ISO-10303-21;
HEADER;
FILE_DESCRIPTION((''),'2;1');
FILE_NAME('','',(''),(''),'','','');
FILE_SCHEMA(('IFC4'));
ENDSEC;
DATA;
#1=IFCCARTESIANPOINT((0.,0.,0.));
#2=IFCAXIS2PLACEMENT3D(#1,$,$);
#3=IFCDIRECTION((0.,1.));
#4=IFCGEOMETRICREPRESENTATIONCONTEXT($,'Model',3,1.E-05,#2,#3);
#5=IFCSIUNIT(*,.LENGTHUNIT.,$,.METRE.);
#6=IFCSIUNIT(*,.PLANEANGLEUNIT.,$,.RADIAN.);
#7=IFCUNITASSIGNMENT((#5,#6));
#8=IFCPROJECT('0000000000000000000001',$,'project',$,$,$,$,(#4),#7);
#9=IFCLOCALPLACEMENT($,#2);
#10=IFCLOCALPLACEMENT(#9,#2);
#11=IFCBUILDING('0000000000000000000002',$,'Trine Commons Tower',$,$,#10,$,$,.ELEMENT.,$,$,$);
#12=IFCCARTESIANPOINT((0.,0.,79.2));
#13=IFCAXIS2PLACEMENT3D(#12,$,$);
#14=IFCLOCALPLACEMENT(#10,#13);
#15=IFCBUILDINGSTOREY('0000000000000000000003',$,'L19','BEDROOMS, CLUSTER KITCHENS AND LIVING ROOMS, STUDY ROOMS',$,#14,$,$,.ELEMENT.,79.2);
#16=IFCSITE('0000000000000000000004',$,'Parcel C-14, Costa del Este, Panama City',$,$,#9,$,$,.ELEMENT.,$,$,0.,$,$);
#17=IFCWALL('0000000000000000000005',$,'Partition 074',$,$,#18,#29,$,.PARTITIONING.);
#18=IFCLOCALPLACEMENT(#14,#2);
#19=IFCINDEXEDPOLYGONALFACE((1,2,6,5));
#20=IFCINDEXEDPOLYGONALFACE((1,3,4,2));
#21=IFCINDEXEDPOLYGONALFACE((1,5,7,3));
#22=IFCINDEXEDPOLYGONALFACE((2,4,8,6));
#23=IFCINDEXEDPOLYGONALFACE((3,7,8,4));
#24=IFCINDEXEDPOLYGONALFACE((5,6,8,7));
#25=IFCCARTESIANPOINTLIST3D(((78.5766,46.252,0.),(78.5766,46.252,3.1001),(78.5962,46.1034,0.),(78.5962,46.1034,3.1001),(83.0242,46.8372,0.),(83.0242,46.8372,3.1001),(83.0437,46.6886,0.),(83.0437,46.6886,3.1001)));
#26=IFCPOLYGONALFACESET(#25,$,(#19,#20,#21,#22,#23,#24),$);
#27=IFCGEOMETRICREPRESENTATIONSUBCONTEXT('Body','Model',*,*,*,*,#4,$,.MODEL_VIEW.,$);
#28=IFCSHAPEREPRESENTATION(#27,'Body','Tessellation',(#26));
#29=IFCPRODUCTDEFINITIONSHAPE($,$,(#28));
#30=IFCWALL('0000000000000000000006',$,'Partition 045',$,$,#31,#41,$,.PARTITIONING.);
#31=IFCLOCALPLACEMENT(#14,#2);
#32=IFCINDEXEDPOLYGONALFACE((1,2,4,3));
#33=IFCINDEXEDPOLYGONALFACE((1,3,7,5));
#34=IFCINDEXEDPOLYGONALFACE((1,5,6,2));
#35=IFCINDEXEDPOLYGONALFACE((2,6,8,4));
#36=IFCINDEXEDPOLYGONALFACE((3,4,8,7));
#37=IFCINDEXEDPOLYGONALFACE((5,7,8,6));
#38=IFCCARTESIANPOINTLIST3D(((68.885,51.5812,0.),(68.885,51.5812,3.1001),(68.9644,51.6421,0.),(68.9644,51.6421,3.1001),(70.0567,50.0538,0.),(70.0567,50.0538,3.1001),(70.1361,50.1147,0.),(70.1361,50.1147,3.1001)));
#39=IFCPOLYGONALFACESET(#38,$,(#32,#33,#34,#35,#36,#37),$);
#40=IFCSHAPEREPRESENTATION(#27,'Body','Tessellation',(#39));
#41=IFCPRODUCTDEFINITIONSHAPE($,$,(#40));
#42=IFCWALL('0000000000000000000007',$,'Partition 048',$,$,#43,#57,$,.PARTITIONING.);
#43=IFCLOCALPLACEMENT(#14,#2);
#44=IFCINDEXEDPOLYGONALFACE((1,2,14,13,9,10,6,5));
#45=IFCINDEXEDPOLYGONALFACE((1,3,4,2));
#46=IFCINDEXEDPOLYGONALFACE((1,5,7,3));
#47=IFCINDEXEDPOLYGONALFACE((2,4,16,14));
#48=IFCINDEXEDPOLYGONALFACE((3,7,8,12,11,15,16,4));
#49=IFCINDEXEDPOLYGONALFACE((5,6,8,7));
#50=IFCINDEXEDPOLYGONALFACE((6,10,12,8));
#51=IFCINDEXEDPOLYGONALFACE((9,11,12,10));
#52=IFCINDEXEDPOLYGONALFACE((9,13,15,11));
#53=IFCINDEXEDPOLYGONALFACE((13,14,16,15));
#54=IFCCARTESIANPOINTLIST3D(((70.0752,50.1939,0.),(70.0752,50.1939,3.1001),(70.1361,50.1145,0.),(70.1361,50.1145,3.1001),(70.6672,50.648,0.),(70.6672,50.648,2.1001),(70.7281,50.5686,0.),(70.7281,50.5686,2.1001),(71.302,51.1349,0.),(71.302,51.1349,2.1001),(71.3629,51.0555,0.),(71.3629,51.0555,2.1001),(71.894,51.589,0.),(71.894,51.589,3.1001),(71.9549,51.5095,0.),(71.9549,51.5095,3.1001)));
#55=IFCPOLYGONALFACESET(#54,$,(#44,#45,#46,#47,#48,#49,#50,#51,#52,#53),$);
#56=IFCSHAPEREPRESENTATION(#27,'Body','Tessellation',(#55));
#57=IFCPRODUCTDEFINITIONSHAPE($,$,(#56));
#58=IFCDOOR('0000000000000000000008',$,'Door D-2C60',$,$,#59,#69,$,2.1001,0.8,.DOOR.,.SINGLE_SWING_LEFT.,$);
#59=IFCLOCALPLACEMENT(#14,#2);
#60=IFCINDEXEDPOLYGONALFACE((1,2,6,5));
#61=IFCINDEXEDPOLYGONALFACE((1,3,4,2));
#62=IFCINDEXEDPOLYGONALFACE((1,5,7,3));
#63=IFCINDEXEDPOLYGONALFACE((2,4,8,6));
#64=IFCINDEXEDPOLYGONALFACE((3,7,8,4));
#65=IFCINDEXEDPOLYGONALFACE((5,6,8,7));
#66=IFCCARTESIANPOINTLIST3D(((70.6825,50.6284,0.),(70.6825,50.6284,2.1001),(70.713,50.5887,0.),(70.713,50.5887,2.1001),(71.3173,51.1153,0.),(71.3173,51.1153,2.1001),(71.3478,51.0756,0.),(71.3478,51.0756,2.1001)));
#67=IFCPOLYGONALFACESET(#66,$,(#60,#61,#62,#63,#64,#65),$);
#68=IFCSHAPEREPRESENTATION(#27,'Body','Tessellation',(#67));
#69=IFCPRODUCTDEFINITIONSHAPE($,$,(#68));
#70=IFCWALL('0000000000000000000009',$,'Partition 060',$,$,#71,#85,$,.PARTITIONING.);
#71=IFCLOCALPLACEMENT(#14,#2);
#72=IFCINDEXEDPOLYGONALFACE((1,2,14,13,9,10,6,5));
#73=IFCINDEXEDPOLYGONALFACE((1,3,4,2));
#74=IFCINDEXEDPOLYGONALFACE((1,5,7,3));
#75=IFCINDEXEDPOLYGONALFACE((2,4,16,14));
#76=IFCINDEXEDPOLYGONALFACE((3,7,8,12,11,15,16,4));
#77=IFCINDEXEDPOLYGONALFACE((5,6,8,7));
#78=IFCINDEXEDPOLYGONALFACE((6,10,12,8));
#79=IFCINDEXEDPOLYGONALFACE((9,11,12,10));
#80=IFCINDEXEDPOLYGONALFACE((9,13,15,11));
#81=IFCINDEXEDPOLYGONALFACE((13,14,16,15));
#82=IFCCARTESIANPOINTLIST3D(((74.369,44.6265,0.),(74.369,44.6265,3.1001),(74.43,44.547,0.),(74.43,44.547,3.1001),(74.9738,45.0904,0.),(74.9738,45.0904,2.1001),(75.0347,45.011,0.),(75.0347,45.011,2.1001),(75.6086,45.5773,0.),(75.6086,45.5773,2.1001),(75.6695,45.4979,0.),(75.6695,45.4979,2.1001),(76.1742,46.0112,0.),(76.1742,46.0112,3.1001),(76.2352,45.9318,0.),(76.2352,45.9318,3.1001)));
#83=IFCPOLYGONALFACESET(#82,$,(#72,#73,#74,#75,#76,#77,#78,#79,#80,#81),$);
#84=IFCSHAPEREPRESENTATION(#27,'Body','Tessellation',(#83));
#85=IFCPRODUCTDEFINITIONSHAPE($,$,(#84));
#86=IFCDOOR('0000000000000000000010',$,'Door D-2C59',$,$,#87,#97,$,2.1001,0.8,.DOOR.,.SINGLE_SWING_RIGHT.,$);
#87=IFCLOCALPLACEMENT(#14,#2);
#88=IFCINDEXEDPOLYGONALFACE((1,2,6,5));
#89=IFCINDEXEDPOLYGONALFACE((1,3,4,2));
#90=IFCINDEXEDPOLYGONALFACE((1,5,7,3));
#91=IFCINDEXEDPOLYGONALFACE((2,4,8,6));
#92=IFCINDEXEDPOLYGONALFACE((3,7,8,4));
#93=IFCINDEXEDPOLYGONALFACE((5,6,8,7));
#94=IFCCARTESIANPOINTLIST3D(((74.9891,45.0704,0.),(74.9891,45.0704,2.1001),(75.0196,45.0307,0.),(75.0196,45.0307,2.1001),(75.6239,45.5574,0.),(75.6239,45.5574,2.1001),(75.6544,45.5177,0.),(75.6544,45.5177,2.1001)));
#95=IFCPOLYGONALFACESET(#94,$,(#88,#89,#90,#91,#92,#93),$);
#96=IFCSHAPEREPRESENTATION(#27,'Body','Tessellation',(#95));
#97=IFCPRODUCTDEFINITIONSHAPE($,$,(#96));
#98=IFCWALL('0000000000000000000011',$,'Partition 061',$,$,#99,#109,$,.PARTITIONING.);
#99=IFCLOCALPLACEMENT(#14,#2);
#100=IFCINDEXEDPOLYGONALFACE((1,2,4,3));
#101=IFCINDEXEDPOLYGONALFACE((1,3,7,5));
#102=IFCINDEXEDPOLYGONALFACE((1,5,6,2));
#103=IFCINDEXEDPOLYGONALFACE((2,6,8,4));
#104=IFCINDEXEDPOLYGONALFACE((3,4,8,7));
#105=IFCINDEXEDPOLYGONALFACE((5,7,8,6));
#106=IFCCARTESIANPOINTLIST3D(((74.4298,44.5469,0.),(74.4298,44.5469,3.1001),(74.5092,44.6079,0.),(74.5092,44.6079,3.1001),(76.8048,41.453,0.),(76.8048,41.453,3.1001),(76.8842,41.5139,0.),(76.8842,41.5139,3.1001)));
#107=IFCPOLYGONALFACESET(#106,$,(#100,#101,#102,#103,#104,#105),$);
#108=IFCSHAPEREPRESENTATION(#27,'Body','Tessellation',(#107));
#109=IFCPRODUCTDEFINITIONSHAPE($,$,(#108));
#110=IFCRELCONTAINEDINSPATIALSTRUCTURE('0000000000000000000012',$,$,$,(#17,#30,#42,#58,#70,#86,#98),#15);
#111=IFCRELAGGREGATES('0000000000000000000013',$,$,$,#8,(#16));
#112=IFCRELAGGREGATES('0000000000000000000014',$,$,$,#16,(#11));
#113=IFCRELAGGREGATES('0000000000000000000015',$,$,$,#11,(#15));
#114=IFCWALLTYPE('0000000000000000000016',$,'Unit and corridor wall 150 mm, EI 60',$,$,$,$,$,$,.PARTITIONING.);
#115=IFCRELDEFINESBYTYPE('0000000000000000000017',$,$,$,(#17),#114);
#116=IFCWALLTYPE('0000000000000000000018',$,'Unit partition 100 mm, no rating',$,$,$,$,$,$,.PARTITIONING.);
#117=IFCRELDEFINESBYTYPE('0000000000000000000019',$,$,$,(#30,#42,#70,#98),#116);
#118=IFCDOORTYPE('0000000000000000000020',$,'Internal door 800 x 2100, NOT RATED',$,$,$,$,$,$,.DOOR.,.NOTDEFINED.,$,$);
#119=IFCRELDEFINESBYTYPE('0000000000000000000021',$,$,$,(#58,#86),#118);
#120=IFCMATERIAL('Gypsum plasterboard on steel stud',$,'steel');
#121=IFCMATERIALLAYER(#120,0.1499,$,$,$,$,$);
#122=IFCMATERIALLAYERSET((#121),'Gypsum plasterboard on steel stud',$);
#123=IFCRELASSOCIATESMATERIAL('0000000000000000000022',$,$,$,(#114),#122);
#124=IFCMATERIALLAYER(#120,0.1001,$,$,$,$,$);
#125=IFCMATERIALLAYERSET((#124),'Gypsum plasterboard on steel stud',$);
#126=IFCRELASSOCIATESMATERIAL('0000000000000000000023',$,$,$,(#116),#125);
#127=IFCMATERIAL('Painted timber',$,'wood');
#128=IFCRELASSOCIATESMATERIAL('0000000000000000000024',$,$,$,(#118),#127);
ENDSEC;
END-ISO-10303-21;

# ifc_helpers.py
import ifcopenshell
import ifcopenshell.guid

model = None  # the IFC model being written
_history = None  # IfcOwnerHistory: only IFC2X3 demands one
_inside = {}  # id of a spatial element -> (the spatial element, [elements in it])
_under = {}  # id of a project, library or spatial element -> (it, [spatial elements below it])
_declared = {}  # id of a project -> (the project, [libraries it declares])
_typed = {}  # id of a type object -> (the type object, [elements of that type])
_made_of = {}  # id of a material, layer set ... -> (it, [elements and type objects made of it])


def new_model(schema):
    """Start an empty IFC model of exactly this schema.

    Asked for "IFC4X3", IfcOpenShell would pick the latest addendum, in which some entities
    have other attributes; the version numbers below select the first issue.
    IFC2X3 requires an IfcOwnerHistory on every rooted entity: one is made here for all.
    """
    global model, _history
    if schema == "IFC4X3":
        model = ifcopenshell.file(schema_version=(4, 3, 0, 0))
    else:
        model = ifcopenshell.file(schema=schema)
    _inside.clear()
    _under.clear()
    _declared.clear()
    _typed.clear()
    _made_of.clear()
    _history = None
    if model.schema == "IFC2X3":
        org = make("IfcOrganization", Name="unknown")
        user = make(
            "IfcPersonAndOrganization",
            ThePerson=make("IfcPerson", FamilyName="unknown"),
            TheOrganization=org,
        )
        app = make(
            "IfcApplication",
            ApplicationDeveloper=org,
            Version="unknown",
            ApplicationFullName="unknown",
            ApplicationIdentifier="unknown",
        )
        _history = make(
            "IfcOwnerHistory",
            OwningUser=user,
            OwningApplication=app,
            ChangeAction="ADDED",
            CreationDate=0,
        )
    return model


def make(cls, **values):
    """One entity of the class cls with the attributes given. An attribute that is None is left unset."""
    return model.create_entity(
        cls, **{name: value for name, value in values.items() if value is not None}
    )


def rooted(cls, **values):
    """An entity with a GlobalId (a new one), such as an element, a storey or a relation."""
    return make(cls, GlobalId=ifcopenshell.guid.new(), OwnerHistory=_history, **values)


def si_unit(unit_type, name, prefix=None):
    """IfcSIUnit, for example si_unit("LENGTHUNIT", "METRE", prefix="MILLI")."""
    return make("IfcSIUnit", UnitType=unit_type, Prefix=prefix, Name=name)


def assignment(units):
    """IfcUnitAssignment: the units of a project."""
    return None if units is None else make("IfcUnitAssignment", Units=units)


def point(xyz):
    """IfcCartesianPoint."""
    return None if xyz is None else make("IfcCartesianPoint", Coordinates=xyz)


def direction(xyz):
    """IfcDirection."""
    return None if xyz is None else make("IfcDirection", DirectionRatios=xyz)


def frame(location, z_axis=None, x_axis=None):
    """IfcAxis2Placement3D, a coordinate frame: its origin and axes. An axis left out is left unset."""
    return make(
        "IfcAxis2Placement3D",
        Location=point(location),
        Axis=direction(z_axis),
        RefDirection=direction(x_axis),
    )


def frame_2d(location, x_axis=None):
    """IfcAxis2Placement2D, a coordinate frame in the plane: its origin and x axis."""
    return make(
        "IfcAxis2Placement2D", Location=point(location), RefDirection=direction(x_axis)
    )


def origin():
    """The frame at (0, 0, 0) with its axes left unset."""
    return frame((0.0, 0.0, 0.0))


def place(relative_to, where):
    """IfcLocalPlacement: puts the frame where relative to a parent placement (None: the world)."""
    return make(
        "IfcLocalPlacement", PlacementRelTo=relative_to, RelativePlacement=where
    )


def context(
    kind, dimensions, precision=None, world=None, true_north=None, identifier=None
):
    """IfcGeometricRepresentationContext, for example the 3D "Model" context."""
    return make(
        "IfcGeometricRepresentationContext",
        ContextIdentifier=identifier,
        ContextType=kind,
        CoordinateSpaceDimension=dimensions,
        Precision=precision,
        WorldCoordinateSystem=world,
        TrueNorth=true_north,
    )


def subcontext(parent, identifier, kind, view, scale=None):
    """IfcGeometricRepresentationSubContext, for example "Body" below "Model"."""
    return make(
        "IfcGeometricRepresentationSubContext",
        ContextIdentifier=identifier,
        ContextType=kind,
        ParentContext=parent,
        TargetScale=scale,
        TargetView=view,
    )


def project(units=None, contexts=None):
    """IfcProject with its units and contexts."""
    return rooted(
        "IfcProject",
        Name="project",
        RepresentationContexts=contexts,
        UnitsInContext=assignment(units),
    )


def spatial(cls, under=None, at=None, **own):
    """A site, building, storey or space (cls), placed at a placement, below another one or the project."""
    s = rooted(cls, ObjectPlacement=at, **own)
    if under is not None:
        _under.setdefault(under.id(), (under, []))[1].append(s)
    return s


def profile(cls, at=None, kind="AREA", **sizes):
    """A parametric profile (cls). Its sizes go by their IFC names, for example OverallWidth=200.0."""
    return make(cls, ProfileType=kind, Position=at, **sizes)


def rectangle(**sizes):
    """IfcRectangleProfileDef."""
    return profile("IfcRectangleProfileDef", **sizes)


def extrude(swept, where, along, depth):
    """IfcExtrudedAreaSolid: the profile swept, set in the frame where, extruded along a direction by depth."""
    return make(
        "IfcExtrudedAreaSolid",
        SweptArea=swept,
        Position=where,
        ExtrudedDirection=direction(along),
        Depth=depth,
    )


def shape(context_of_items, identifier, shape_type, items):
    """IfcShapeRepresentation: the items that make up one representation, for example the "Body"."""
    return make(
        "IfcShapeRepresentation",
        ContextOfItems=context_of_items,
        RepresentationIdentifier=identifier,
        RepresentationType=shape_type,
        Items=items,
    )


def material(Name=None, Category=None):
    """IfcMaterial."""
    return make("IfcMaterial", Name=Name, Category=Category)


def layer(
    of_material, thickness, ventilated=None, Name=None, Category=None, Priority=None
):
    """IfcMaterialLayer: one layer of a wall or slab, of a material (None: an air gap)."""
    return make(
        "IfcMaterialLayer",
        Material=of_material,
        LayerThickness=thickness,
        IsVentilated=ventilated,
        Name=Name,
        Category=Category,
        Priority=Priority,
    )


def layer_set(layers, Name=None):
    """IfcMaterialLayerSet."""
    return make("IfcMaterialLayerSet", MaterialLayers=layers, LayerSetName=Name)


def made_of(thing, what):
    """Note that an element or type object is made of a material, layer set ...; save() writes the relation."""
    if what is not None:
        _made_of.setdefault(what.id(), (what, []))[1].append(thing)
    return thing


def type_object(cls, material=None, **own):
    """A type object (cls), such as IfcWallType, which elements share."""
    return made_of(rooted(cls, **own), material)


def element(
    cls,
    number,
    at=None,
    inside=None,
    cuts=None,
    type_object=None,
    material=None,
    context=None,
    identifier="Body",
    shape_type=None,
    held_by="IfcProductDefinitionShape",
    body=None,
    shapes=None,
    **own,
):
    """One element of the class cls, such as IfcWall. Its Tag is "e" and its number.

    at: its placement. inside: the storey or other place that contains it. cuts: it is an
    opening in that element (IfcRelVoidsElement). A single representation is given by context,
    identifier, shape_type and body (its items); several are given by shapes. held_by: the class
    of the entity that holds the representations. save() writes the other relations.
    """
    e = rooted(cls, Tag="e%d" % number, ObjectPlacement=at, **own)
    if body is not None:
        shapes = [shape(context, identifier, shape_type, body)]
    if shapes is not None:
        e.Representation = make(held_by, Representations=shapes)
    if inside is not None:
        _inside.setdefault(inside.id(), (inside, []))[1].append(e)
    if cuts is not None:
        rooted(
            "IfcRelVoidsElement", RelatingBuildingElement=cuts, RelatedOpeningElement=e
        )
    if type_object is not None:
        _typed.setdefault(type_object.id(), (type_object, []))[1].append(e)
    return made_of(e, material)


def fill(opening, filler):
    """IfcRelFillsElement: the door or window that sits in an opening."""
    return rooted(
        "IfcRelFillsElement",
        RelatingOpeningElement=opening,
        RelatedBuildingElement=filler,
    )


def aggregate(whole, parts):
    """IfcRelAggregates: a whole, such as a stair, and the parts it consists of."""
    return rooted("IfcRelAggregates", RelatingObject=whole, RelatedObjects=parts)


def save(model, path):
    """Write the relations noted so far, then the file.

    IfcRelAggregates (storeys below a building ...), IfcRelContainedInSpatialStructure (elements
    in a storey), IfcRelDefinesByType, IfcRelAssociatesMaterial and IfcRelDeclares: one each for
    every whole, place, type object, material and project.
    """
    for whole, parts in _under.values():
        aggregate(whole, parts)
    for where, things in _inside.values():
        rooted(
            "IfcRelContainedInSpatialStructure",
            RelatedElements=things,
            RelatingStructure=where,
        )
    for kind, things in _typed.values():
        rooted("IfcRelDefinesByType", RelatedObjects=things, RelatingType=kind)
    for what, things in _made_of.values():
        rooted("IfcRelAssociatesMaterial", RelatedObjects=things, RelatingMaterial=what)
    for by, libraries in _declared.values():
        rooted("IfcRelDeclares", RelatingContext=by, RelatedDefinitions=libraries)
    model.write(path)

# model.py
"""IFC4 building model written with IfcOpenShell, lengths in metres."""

from ifc_helpers import new_model, si_unit, direction, frame, frame_2d, origin, place, context, subcontext, project, spatial, rectangle, extrude, material, layer, layer_set, type_object, element, fill, save


model = new_model("IFC4")

# Units and contexts
model_context = context("Model", 3, precision=1e-05, world=origin(), true_north=direction((0.0, 1.0)))
body_context = subcontext(model_context, "Body", "Model", "MODEL_VIEW")
ifc_project = project(units=[si_unit("LENGTHUNIT", "METRE"), si_unit("PLANEANGLEUNIT", "RADIAN")], contexts=[model_context])

# Site, building, storey
site_placement = place(None, origin())
site = spatial("IfcSite", under=ifc_project, at=site_placement, Name="Parcel C-14, Costa del Este, Panama City", CompositionType="ELEMENT", RefElevation=0.0)
building_placement = place(site_placement, origin())
building = spatial("IfcBuilding", under=site, at=building_placement, Name="Trine Commons Tower", CompositionType="ELEMENT")
storey_placement = place(building_placement, frame((0.0, 0.0, 79.2)))
storey = spatial("IfcBuildingStorey", under=building, at=storey_placement, Name="L19", Description="BEDROOMS, CLUSTER KITCHENS AND LIVING ROOMS, STUDY ROOMS", CompositionType="ELEMENT", Elevation=79.2)

# Shared definitions
ifc_material_1 = material(Name="Gypsum plasterboard on steel stud", Category="steel")
ifc_layer_1 = layer(ifc_material_1, 0.1499)
ifc_layer_set_1 = layer_set([ifc_layer_1], Name="Gypsum plasterboard on steel stud")
wall_type_1 = type_object("IfcWallType", Name="Unit and corridor wall 150 mm, EI 60", PredefinedType="PARTITIONING", material=ifc_layer_set_1)

# Shared definitions
ifc_material_2 = material(Name="Painted timber", Category="wood")

# Walls
wall_1_placement = place(storey_placement, frame((78.5864, 46.1777, 0.0), z_axis=(0.0, 0.0, 1.0), x_axis=(0.991454, 0.130456, 0.0)))
element("IfcWall", 1, at=wall_1_placement, inside=storey, type_object=wall_type_1, Name="Partition 074", PredefinedType="PARTITIONING", context=body_context, shape_type="SweptSolid", body=[
    extrude(rectangle(XDim=4.4858, YDim=0.1499, at=frame_2d((2.2429, 0.0))), origin(), (0.0, 0.0, 1.0), 3.1001),
])
ifc_layer_2 = layer(ifc_material_1, 0.1001)
ifc_layer_set_2 = layer_set([ifc_layer_2], Name="Gypsum plasterboard on steel stud")
wall_type_2 = type_object("IfcWallType", Name="Unit partition 100 mm, no rating", PredefinedType="PARTITIONING", material=ifc_layer_set_2)
wall_2_placement = place(storey_placement, frame((68.9248, 51.6116, 0.0), z_axis=(0.0, 0.0, 1.0), x_axis=(0.60865, -0.793439, 0.0)))
element("IfcWall", 2, at=wall_2_placement, inside=storey, type_object=wall_type_2, Name="Partition 045", PredefinedType="PARTITIONING", context=body_context, shape_type="SweptSolid", body=[
    extrude(rectangle(XDim=1.925, YDim=0.1001, at=frame_2d((0.9624, 0.0))), origin(), (0.0, 0.0, 1.0), 3.1001),
])

# Walls, openings, doors
wall_3_placement = place(storey_placement, frame((70.1057, 50.1543, 0.0), z_axis=(0.0, 0.0, 1.0), x_axis=(0.793486, 0.608588, 0.0)))
wall_3 = element("IfcWall", 3, at=wall_3_placement, inside=storey, type_object=wall_type_2, Name="Partition 048", PredefinedType="PARTITIONING", context=body_context, shape_type="SweptSolid", body=[
    extrude(rectangle(XDim=2.2922, YDim=0.1001, at=frame_2d((1.146, 0.0))), origin(), (0.0, 0.0, 1.0), 3.1001),
])
opening_1_placement = place(wall_3_placement, frame((0.7461, 0.0, 0.0)))
opening_1 = element("IfcOpeningElement", 4, at=opening_1_placement, cuts=wall_3, PredefinedType="OPENING", context=body_context, shape_type="SweptSolid", body=[
    extrude(rectangle(XDim=0.8, YDim=2.1001, at=frame_2d((0.3999, 1.05))), frame((0.0, 0.0601, 0.0), z_axis=(0.0, -1.0, 0.0), x_axis=(1.0, 0.0, 0.0)), (0.0, 0.0, 1.0), 0.1201),
])
door_type_1 = type_object("IfcDoorType", Name="Internal door 800 x 2100, NOT RATED", OperationType="NOTDEFINED", PredefinedType="DOOR", material=ifc_material_2)
door_1_placement = place(opening_1_placement, frame((0.8, 0.0, 0.0), z_axis=(0.0, 0.0, 1.0), x_axis=(-1.0, 0.0, 0.0)))
door_1 = element("IfcDoor", 5, at=door_1_placement, inside=storey, type_object=door_type_1, Name="Door D-2C60", OperationType="SINGLE_SWING_LEFT", OverallHeight=2.1001, OverallWidth=0.8, PredefinedType="DOOR", context=body_context, shape_type="SweptSolid", body=[
    extrude(rectangle(XDim=0.8, YDim=2.1001, at=frame_2d((0.3999, 1.05))), frame((0.0, 0.0249, 0.0), z_axis=(0.0, -1.0, 0.0), x_axis=(1.0, 0.0, 0.0)), (0.0, 0.0, 1.0), 0.05),
])
fill(opening_1, door_1)
wall_4_placement = place(storey_placement, frame((74.3994, 44.5867, 0.0), z_axis=(0.0, 0.0, 1.0), x_axis=(0.793437, 0.608652, 0.0)))
wall_4 = element("IfcWall", 6, at=wall_4_placement, inside=storey, type_object=wall_type_2, Name="Partition 060", PredefinedType="PARTITIONING", context=body_context, shape_type="SweptSolid", body=[
    extrude(rectangle(XDim=2.2751, YDim=0.1001, at=frame_2d((1.1377, 0.0))), origin(), (0.0, 0.0, 1.0), 3.1001),
])
opening_2_placement = place(wall_4_placement, frame((0.7625, 0.0, 0.0)))
opening_2 = element("IfcOpeningElement", 7, at=opening_2_placement, cuts=wall_4, PredefinedType="OPENING", context=body_context, shape_type="SweptSolid", body=[
    extrude(rectangle(XDim=0.8, YDim=2.1001, at=frame_2d((0.3999, 1.05))), frame((0.0, 0.0601, 0.0), z_axis=(0.0, -1.0, 0.0), x_axis=(1.0, 0.0, 0.0)), (0.0, 0.0, 1.0), 0.1201),
])
door_2_placement = place(opening_2_placement, origin())
door_2 = element("IfcDoor", 8, at=door_2_placement, inside=storey, type_object=door_type_1, Name="Door D-2C59", OperationType="SINGLE_SWING_RIGHT", OverallHeight=2.1001, OverallWidth=0.8, PredefinedType="DOOR", context=body_context, shape_type="SweptSolid", body=[
    extrude(rectangle(XDim=0.8, YDim=2.1001, at=frame_2d((0.3999, 1.05))), frame((0.0, 0.0249, 0.0), z_axis=(0.0, -1.0, 0.0), x_axis=(1.0, 0.0, 0.0)), (0.0, 0.0, 1.0), 0.05),
])
fill(opening_2, door_2)

# Wall
wall_5_placement = place(storey_placement, frame((74.4695, 44.5774, 0.0), z_axis=(0.0, 0.0, 1.0), x_axis=(0.608906, -0.793243, 0.0)))
element("IfcWall", 9, at=wall_5_placement, inside=storey, type_object=wall_type_2, Name="Partition 061", PredefinedType="PARTITIONING", context=body_context, shape_type="SweptSolid", body=[
    extrude(rectangle(XDim=3.9004, YDim=0.1001, at=frame_2d((1.9502, 0.0))), origin(), (0.0, 0.0, 1.0), 3.1001),
])

save(model, "model.ifc")
